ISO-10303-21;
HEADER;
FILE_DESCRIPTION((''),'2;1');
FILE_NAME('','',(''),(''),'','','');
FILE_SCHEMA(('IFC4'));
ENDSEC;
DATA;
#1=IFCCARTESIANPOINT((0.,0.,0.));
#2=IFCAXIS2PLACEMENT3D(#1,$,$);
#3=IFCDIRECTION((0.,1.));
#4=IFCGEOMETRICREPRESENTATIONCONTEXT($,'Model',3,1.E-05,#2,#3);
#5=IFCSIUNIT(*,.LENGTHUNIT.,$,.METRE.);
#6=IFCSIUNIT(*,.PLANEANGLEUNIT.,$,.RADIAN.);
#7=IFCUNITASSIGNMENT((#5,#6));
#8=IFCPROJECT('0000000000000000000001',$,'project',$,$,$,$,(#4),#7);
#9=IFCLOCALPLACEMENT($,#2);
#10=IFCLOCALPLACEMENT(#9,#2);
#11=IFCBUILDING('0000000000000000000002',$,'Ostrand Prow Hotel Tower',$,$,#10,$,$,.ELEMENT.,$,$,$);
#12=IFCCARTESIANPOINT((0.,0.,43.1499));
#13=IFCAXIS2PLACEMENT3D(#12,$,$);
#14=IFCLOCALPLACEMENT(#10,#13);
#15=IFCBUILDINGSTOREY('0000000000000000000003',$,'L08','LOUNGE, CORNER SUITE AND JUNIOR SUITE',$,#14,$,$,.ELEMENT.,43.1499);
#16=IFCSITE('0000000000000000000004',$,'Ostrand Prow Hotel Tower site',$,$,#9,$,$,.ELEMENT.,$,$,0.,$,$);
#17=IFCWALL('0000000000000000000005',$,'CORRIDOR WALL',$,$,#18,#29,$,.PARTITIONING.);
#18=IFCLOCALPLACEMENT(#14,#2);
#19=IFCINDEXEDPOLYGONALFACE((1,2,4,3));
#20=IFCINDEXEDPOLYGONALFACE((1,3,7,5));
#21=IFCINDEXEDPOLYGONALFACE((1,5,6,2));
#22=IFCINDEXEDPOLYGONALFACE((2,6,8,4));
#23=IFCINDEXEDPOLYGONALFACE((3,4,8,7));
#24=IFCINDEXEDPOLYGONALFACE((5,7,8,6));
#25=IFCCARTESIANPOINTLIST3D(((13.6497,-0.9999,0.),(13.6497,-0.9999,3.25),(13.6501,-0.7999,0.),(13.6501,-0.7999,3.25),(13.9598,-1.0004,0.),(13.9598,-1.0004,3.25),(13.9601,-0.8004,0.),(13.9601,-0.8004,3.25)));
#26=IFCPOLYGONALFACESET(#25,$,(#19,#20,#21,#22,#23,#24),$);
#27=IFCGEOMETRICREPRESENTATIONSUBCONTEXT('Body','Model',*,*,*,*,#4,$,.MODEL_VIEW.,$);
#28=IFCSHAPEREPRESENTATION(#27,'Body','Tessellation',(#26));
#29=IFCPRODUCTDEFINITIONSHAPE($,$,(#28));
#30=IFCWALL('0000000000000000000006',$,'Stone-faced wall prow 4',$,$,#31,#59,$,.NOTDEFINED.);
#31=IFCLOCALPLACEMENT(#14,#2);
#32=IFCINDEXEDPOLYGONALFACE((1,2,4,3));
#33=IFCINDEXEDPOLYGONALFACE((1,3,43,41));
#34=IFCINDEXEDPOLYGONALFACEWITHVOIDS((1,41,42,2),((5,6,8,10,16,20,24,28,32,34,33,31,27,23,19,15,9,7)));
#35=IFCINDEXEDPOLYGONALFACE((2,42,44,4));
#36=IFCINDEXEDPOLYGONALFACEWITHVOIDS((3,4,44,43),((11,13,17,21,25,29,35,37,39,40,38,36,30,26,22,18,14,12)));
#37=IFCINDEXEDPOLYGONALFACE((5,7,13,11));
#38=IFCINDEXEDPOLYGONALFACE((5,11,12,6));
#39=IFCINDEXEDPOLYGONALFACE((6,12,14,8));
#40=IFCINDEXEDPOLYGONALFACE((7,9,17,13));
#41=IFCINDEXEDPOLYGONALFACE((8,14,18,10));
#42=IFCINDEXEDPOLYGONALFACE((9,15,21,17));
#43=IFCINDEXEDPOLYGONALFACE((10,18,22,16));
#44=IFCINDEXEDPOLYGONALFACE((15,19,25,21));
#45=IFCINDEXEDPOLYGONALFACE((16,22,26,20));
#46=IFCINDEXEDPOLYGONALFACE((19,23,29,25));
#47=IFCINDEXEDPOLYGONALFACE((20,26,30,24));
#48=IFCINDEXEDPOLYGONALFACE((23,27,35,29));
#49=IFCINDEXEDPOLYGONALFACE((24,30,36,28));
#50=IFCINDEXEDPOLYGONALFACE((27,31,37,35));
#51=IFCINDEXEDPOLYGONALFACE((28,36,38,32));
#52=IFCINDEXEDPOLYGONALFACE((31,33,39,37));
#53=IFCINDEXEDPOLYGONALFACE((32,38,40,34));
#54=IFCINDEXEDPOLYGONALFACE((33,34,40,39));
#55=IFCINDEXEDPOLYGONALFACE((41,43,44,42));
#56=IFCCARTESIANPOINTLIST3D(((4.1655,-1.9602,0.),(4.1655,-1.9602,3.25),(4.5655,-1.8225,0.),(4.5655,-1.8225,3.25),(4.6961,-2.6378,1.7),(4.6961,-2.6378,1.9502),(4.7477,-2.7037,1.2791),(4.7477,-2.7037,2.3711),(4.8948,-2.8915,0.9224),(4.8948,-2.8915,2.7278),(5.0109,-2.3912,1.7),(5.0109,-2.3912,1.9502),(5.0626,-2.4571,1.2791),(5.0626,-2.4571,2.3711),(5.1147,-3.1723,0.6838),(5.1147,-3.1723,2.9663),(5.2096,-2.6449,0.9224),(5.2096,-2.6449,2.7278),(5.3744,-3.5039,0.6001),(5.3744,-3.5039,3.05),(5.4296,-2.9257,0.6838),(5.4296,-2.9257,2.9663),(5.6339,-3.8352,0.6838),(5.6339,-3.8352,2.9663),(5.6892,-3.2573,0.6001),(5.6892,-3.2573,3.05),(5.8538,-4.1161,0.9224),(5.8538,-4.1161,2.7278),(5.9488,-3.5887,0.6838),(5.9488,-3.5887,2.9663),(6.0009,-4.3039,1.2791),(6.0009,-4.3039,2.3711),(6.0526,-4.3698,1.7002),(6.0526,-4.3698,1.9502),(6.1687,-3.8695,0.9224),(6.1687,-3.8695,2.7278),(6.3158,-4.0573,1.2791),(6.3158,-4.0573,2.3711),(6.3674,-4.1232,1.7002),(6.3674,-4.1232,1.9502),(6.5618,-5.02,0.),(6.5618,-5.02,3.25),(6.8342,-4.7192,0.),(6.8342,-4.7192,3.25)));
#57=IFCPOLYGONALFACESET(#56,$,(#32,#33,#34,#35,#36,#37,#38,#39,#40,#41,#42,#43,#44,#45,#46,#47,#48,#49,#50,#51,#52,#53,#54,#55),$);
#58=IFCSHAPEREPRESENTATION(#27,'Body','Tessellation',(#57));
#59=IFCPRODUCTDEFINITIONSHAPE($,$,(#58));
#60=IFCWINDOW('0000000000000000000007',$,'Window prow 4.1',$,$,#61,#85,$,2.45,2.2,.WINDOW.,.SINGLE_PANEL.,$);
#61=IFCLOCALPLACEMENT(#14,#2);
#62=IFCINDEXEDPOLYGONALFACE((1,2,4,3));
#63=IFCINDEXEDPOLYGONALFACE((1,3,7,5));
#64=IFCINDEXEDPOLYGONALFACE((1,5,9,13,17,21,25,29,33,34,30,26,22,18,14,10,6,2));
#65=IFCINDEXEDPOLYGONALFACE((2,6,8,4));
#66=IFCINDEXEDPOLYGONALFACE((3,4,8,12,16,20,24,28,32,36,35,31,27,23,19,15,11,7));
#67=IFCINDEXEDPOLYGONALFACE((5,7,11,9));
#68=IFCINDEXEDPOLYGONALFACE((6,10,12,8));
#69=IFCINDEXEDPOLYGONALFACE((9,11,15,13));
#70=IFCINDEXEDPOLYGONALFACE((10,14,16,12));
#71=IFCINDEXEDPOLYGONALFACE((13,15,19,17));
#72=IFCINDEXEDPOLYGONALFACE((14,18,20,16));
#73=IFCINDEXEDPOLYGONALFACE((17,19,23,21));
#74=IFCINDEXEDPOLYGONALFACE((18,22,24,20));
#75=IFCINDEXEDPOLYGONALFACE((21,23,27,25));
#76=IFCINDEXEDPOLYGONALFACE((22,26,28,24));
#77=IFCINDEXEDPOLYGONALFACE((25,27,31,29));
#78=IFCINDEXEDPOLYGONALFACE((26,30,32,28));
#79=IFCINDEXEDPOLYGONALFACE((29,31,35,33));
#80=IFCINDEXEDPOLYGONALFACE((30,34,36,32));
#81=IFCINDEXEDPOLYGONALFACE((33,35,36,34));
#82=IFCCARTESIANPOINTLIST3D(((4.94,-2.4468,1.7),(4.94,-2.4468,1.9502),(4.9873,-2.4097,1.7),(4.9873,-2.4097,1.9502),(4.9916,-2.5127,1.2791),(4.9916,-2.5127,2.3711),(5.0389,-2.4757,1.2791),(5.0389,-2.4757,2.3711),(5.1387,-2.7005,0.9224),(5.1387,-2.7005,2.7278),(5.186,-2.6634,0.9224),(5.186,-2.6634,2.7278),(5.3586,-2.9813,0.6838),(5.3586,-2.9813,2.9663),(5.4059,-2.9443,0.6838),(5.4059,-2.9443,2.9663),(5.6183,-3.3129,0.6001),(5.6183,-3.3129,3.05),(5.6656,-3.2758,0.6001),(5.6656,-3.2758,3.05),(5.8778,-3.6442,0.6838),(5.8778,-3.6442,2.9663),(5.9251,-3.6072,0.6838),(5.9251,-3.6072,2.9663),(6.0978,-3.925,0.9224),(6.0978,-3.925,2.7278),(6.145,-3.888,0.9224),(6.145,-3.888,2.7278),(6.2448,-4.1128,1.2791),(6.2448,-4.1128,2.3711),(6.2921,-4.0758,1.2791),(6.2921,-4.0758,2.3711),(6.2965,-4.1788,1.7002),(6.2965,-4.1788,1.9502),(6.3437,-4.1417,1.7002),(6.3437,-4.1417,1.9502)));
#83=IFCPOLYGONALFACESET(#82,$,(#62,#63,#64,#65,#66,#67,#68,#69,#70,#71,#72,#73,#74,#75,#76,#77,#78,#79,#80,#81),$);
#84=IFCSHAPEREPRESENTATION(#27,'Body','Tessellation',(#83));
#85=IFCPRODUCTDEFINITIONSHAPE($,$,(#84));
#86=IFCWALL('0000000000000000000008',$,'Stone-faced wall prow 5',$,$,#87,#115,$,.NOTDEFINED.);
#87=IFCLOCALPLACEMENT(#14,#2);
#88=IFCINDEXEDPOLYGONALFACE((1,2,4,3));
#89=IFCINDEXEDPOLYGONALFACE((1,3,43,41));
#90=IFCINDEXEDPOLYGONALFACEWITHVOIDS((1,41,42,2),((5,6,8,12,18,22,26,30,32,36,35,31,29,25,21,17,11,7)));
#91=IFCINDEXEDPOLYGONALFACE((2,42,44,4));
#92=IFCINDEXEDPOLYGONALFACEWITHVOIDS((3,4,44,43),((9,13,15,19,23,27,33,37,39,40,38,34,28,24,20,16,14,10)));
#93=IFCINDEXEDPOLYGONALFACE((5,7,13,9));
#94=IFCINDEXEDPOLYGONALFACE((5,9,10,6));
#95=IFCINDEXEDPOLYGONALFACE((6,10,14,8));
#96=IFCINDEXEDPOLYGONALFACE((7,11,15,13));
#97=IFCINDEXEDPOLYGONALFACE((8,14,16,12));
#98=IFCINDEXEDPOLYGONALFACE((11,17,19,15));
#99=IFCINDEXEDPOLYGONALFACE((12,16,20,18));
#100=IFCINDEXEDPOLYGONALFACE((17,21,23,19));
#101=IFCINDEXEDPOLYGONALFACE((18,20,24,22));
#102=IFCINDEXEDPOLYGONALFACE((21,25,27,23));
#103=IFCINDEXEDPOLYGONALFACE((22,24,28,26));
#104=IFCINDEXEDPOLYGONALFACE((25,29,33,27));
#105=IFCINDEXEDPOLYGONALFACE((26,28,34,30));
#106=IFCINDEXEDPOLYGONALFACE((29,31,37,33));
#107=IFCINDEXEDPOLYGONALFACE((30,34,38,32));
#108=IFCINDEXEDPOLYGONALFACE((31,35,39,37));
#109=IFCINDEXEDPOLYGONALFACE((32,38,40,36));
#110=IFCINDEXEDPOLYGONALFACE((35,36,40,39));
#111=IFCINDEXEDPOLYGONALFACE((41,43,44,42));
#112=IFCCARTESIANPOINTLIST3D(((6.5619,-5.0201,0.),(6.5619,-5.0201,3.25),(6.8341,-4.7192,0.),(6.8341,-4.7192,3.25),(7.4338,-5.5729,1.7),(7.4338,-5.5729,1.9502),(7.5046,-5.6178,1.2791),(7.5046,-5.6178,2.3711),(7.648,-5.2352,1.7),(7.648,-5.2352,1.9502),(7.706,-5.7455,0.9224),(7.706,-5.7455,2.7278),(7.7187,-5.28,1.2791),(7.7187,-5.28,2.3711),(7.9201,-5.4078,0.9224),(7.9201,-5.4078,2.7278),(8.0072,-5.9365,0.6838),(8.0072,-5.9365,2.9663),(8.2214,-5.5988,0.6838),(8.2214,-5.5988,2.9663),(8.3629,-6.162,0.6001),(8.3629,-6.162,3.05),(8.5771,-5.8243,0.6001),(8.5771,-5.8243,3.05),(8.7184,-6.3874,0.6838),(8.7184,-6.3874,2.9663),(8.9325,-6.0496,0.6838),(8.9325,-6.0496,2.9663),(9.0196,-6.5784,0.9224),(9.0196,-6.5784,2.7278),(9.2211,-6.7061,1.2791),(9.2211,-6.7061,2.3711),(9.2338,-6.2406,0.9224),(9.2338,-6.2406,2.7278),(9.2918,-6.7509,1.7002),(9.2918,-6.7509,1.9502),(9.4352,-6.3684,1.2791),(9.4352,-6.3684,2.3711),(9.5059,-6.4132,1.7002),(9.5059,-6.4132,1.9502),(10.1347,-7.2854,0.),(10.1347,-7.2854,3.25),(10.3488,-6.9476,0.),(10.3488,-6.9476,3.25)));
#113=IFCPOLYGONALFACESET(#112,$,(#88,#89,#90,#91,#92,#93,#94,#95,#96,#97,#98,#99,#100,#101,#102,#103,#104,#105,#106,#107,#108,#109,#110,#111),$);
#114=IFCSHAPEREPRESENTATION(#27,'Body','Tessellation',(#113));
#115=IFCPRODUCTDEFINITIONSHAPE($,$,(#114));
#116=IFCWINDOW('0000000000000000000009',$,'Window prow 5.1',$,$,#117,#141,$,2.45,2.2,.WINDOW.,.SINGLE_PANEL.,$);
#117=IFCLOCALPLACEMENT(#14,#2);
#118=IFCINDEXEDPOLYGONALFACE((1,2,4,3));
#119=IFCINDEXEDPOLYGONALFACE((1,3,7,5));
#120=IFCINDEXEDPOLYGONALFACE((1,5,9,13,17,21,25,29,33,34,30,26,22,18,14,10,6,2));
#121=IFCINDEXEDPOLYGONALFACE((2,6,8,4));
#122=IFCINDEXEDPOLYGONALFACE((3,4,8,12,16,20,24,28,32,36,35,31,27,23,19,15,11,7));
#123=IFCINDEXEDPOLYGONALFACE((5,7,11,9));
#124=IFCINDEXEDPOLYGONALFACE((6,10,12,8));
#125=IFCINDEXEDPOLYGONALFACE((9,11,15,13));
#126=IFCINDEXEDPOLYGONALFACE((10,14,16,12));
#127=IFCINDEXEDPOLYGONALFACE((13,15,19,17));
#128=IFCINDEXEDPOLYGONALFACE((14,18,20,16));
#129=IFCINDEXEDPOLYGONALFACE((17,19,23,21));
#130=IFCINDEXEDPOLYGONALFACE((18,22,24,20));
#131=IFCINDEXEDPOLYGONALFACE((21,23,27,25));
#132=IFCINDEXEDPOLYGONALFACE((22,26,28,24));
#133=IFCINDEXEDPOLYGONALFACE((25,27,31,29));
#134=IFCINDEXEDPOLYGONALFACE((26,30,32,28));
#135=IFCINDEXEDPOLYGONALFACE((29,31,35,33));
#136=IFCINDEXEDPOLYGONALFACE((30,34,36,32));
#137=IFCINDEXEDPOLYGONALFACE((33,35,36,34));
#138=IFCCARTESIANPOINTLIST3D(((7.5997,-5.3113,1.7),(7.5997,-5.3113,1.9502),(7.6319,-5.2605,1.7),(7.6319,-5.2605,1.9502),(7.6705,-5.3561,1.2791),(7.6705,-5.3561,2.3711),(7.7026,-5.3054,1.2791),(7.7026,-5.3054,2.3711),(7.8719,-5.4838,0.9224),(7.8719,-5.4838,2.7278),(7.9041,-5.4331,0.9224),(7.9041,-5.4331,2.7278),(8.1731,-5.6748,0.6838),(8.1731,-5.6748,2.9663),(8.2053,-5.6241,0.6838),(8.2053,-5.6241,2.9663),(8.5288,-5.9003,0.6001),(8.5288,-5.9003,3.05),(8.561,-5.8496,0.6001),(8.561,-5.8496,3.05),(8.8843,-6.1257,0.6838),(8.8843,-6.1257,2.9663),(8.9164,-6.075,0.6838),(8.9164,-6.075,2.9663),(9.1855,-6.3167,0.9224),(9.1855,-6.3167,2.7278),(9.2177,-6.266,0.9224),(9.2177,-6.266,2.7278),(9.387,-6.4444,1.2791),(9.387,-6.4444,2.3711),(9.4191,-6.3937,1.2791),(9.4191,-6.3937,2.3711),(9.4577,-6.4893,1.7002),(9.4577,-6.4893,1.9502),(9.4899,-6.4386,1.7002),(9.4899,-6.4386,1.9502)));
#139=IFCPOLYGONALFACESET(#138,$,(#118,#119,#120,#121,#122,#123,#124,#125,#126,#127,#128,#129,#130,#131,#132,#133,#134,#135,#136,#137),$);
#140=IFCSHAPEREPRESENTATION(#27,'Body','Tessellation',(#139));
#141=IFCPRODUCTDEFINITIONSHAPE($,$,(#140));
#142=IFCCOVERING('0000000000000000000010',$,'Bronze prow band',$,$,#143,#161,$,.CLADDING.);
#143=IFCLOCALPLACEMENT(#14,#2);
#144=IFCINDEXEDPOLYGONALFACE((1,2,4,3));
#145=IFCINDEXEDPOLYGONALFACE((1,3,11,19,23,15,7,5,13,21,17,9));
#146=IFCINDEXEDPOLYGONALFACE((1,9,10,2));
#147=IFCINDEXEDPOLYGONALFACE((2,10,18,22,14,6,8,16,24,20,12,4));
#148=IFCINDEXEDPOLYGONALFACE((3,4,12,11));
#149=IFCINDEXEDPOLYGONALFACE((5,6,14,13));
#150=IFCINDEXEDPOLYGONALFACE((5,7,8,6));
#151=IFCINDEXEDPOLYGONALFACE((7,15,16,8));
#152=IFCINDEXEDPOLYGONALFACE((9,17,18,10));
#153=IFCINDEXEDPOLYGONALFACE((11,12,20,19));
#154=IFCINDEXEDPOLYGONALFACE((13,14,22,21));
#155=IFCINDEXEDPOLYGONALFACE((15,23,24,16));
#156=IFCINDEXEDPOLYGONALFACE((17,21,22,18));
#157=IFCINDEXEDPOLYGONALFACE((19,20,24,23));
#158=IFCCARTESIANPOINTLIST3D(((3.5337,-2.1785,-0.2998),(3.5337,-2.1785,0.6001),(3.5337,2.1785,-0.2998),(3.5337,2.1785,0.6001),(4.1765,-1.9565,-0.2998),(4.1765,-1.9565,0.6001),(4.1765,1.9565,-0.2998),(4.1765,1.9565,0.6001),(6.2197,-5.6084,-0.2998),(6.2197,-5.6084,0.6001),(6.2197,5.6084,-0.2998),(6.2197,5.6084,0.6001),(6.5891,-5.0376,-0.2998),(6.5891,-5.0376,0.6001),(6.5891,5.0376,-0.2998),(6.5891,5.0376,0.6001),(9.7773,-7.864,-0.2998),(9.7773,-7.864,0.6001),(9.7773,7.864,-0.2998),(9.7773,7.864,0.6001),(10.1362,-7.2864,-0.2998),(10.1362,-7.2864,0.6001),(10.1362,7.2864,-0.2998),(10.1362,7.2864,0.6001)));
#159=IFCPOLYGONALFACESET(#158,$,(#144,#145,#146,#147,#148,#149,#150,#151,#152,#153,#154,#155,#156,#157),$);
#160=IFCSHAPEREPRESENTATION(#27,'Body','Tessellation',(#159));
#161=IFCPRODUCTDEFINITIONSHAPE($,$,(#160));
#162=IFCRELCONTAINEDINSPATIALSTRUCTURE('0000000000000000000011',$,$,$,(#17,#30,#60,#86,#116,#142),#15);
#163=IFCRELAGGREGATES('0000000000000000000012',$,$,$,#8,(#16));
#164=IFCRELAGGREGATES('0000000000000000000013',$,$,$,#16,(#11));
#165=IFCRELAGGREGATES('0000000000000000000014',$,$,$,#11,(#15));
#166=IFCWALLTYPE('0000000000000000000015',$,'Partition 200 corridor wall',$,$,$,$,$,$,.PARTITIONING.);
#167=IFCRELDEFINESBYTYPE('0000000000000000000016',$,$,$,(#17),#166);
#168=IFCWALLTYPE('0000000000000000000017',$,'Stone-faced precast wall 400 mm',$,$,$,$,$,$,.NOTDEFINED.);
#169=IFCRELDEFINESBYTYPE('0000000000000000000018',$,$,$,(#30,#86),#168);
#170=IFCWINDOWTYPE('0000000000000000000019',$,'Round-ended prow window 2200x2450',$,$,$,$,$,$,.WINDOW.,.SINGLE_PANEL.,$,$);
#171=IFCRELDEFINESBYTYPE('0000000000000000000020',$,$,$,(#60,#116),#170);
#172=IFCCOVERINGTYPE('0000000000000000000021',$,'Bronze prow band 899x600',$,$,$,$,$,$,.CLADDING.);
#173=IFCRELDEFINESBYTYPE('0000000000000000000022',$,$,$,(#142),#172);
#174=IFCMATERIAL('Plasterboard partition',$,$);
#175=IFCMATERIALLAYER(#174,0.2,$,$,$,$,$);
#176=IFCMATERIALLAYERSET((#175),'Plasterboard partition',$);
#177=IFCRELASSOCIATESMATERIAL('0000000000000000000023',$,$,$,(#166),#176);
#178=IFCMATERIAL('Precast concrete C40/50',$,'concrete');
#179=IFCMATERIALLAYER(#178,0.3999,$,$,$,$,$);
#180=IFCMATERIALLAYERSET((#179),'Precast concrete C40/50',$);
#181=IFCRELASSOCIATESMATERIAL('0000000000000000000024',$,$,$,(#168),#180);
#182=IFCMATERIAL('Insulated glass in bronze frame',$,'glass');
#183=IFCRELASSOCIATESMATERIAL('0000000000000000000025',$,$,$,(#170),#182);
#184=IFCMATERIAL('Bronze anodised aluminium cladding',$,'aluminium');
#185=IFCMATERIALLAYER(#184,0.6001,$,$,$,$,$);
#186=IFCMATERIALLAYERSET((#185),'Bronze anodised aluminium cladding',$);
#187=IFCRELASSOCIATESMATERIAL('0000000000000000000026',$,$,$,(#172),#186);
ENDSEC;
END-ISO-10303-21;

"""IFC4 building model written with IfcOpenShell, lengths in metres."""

from ifc_helpers import new_model, si_unit, direction, frame, frame_2d, origin, place, context, subcontext, project, spatial, polyline, rectangle, outline, extrude, material, layer, layer_set, type_object, element, fill, save


model = new_model("IFC4")

# Units and contexts
model_context = context("Model", 3, precision=1e-05, world=origin(), true_north=direction((0.0, 1.0)))
body_context = subcontext(model_context, "Body", "Model", "MODEL_VIEW")
ifc_project = project(units=[si_unit("LENGTHUNIT", "METRE"), si_unit("PLANEANGLEUNIT", "RADIAN")], contexts=[model_context])

# Site, building, storey
site_placement = place(None, origin())
site = spatial("IfcSite", under=ifc_project, at=site_placement, Name="Ostrand Prow Hotel Tower site", CompositionType="ELEMENT", RefElevation=0.0)
building_placement = place(site_placement, origin())
building = spatial("IfcBuilding", under=site, at=building_placement, Name="Ostrand Prow Hotel Tower", CompositionType="ELEMENT")
storey_placement = place(building_placement, frame((0.0, 0.0, 43.1499)))
storey = spatial("IfcBuildingStorey", under=building, at=storey_placement, Name="L08", Description="LOUNGE, CORNER SUITE AND JUNIOR SUITE", CompositionType="ELEMENT", Elevation=43.1499)

# Shared definitions
ifc_material_1 = material(Name="Plasterboard partition")
ifc_layer_1 = layer(ifc_material_1, 0.2)
ifc_layer_set_1 = layer_set([ifc_layer_1], Name="Plasterboard partition")
wall_type_1 = type_object("IfcWallType", Name="Partition 200 corridor wall", PredefinedType="PARTITIONING", material=ifc_layer_set_1)

# Wall
wall_1_placement = place(storey_placement, frame((13.6499, -0.8999, 0.0), z_axis=(0.0, 0.0, 1.0), x_axis=(0.999999, -0.001575, 0.0)))
element("IfcWall", 1, at=wall_1_placement, inside=storey, type_object=wall_type_1, Name="CORRIDOR WALL", PredefinedType="PARTITIONING", context=body_context, shape_type="SweptSolid", body=[
    extrude(rectangle(XDim=0.3101, YDim=0.2, at=frame_2d((0.155, 0.0))), origin(), (0.0, 0.0, 1.0), 3.25),
])

# Walls, openings, windows
ifc_material_2 = material(Name="Precast concrete C40/50", Category="concrete")
ifc_layer_2 = layer(ifc_material_2, 0.3999)
ifc_layer_set_2 = layer_set([ifc_layer_2], Name="Precast concrete C40/50")
wall_type_2 = type_object("IfcWallType", Name="Stone-faced precast wall 400 mm", PredefinedType="NOTDEFINED", material=ifc_layer_set_2)
wall_2_placement = place(storey_placement, frame((4.3655, -1.8914, 0.0), z_axis=(0.0, 0.0, 1.0), x_axis=(0.616587, -0.787287, 0.0)))
wall_2 = element("IfcWall", 2, at=wall_2_placement, inside=storey, type_object=wall_type_2, Name="Stone-faced wall prow 4", PredefinedType="NOTDEFINED", context=body_context, shape_type="SweptSolid", body=[
    extrude(outline(polyline([(-0.0691, -0.2), (3.8174, -0.2), (3.7485, 0.2), (0.0691, 0.2), (-0.0691, -0.2)])), origin(), (0.0, 0.0, 1.0), 3.25),
])
opening_1_placement = place(wall_2_placement, frame((0.7915, 0.0, 0.6001)))
opening_1 = element("IfcOpeningElement", 3, at=opening_1_placement, cuts=wall_2, PredefinedType="OPENING", context=body_context, shape_type="SweptSolid", body=[
    extrude(outline(polyline([(0.0, 1.3501), (0.0837, 1.771), (0.3223, 2.1277), (0.679, 2.3662), (1.1001, 2.45), (1.521, 2.3662), (1.8777, 2.1277), (2.1162, 1.771), (2.2, 1.3501), (2.2, 1.1001), (2.1162, 0.679), (1.8777, 0.3223), (1.521, 0.0837), (1.1001, 0.0), (0.679, 0.0837), (0.3223, 0.3223), (0.0837, 0.679), (0.0, 1.0999), (0.0, 1.3501)])), frame((0.0, 0.21, 0.0), z_axis=(0.0, -1.0, 0.0), x_axis=(1.0, 0.0, 0.0)), (0.0, 0.0, 1.0), 0.4199),
])
ifc_material_3 = material(Name="Insulated glass in bronze frame", Category="glass")
window_type = type_object("IfcWindowType", Name="Round-ended prow window 2200x2450", PartitioningType="SINGLE_PANEL", PredefinedType="WINDOW", material=ifc_material_3)
window_1_placement = place(opening_1_placement, origin())
window_1 = element("IfcWindow", 4, at=window_1_placement, inside=storey, type_object=window_type, Name="Window prow 4.1", OverallHeight=2.45, OverallWidth=2.2, PartitioningType="SINGLE_PANEL", PredefinedType="WINDOW", context=body_context, shape_type="SweptSolid", body=[
    extrude(outline(polyline([(0.0, 1.3501), (0.0837, 1.771), (0.3223, 2.1277), (0.679, 2.3662), (1.1001, 2.45), (1.521, 2.3662), (1.8777, 2.1277), (2.1162, 1.771), (2.2, 1.3501), (2.2, 1.1001), (2.1162, 0.679), (1.8777, 0.3223), (1.521, 0.0837), (1.1001, 0.0), (0.679, 0.0837), (0.3223, 0.3223), (0.0837, 0.679), (0.0, 1.0999), (0.0, 1.3501)])), frame((0.0, 0.1699, 0.0), z_axis=(0.0, -1.0, 0.0), x_axis=(1.0, 0.0, 0.0)), (0.0, 0.0, 1.0), 0.0601),
])
fill(opening_1, window_1)
wall_3_placement = place(storey_placement, frame((6.698, -4.8696, 0.0), z_axis=(0.0, 0.0, 1.0), x_axis=(0.844552, -0.535474, 0.0)))
wall_3 = element("IfcWall", 5, at=wall_3_placement, inside=storey, type_object=wall_type_2, Name="Stone-faced wall prow 5", PredefinedType="NOTDEFINED", context=body_context, shape_type="SweptSolid", body=[
    extrude(outline(polyline([(-0.0344, -0.2), (4.196, -0.2), (4.196, 0.2), (0.0344, 0.2), (-0.0344, -0.2)])), origin(), (0.0, 0.0, 1.0), 3.25),
])
opening_2_placement = place(wall_3_placement, frame((0.998, 0.0, 0.6001)))
opening_2 = element("IfcOpeningElement", 6, at=opening_2_placement, cuts=wall_3, PredefinedType="OPENING", context=body_context, shape_type="SweptSolid", body=[
    extrude(outline(polyline([(0.0, 1.3501), (0.0837, 1.771), (0.3223, 2.1277), (0.679, 2.3662), (1.1001, 2.45), (1.521, 2.3662), (1.8777, 2.1277), (2.1162, 1.771), (2.2, 1.3501), (2.2, 1.1001), (2.1162, 0.679), (1.8777, 0.3223), (1.521, 0.0837), (1.1001, 0.0), (0.679, 0.0837), (0.3223, 0.3223), (0.0837, 0.679), (0.0, 1.0999), (0.0, 1.3501)])), frame((0.0, 0.21, 0.0), z_axis=(0.0, -1.0, 0.0), x_axis=(1.0, 0.0, 0.0)), (0.0, 0.0, 1.0), 0.4199),
])
window_2_placement = place(opening_2_placement, origin())
window_2 = element("IfcWindow", 7, at=window_2_placement, inside=storey, type_object=window_type, Name="Window prow 5.1", OverallHeight=2.45, OverallWidth=2.2, PartitioningType="SINGLE_PANEL", PredefinedType="WINDOW", context=body_context, shape_type="SweptSolid", body=[
    extrude(outline(polyline([(0.0, 1.3501), (0.0837, 1.771), (0.3223, 2.1277), (0.679, 2.3662), (1.1001, 2.45), (1.521, 2.3662), (1.8777, 2.1277), (2.1162, 1.771), (2.2, 1.3501), (2.2, 1.1001), (2.1162, 0.679), (1.8777, 0.3223), (1.521, 0.0837), (1.1001, 0.0), (0.679, 0.0837), (0.3223, 0.3223), (0.0837, 0.679), (0.0, 1.0999), (0.0, 1.3501)])), frame((0.0, 0.1699, 0.0), z_axis=(0.0, -1.0, 0.0), x_axis=(1.0, 0.0, 0.0)), (0.0, 0.0, 1.0), 0.0601),
])
fill(opening_2, window_2)

# Covering
ifc_material_4 = material(Name="Bronze anodised aluminium cladding", Category="aluminium")
ifc_layer_3 = layer(ifc_material_4, 0.6001)
ifc_layer_set_3 = layer_set([ifc_layer_3], Name="Bronze anodised aluminium cladding")
covering_type_1 = type_object("IfcCoveringType", Name="Bronze prow band 899x600", PredefinedType="CLADDING", material=ifc_layer_set_3)
covering_1_placement = place(storey_placement, frame((0.0, 0.0, -0.2998)))
element("IfcCovering", 8, at=covering_1_placement, inside=storey, type_object=covering_type_1, Name="Bronze prow band", PredefinedType="CLADDING", context=body_context, shape_type="SweptSolid", body=[
    extrude(outline(polyline([(9.7773, 7.864), (6.2197, 5.6084), (3.5337, 2.1785), (3.5337, -2.1785), (6.2197, -5.6084), (9.7773, -7.864), (10.1362, -7.2864), (6.5891, -5.0376), (4.1765, -1.9565), (4.1765, 1.9565), (6.5891, 5.0376), (10.1362, 7.2864), (9.7773, 7.864)])), origin(), (0.0, 0.0, 1.0), 0.8999),
])

save(model, "model.ifc")
